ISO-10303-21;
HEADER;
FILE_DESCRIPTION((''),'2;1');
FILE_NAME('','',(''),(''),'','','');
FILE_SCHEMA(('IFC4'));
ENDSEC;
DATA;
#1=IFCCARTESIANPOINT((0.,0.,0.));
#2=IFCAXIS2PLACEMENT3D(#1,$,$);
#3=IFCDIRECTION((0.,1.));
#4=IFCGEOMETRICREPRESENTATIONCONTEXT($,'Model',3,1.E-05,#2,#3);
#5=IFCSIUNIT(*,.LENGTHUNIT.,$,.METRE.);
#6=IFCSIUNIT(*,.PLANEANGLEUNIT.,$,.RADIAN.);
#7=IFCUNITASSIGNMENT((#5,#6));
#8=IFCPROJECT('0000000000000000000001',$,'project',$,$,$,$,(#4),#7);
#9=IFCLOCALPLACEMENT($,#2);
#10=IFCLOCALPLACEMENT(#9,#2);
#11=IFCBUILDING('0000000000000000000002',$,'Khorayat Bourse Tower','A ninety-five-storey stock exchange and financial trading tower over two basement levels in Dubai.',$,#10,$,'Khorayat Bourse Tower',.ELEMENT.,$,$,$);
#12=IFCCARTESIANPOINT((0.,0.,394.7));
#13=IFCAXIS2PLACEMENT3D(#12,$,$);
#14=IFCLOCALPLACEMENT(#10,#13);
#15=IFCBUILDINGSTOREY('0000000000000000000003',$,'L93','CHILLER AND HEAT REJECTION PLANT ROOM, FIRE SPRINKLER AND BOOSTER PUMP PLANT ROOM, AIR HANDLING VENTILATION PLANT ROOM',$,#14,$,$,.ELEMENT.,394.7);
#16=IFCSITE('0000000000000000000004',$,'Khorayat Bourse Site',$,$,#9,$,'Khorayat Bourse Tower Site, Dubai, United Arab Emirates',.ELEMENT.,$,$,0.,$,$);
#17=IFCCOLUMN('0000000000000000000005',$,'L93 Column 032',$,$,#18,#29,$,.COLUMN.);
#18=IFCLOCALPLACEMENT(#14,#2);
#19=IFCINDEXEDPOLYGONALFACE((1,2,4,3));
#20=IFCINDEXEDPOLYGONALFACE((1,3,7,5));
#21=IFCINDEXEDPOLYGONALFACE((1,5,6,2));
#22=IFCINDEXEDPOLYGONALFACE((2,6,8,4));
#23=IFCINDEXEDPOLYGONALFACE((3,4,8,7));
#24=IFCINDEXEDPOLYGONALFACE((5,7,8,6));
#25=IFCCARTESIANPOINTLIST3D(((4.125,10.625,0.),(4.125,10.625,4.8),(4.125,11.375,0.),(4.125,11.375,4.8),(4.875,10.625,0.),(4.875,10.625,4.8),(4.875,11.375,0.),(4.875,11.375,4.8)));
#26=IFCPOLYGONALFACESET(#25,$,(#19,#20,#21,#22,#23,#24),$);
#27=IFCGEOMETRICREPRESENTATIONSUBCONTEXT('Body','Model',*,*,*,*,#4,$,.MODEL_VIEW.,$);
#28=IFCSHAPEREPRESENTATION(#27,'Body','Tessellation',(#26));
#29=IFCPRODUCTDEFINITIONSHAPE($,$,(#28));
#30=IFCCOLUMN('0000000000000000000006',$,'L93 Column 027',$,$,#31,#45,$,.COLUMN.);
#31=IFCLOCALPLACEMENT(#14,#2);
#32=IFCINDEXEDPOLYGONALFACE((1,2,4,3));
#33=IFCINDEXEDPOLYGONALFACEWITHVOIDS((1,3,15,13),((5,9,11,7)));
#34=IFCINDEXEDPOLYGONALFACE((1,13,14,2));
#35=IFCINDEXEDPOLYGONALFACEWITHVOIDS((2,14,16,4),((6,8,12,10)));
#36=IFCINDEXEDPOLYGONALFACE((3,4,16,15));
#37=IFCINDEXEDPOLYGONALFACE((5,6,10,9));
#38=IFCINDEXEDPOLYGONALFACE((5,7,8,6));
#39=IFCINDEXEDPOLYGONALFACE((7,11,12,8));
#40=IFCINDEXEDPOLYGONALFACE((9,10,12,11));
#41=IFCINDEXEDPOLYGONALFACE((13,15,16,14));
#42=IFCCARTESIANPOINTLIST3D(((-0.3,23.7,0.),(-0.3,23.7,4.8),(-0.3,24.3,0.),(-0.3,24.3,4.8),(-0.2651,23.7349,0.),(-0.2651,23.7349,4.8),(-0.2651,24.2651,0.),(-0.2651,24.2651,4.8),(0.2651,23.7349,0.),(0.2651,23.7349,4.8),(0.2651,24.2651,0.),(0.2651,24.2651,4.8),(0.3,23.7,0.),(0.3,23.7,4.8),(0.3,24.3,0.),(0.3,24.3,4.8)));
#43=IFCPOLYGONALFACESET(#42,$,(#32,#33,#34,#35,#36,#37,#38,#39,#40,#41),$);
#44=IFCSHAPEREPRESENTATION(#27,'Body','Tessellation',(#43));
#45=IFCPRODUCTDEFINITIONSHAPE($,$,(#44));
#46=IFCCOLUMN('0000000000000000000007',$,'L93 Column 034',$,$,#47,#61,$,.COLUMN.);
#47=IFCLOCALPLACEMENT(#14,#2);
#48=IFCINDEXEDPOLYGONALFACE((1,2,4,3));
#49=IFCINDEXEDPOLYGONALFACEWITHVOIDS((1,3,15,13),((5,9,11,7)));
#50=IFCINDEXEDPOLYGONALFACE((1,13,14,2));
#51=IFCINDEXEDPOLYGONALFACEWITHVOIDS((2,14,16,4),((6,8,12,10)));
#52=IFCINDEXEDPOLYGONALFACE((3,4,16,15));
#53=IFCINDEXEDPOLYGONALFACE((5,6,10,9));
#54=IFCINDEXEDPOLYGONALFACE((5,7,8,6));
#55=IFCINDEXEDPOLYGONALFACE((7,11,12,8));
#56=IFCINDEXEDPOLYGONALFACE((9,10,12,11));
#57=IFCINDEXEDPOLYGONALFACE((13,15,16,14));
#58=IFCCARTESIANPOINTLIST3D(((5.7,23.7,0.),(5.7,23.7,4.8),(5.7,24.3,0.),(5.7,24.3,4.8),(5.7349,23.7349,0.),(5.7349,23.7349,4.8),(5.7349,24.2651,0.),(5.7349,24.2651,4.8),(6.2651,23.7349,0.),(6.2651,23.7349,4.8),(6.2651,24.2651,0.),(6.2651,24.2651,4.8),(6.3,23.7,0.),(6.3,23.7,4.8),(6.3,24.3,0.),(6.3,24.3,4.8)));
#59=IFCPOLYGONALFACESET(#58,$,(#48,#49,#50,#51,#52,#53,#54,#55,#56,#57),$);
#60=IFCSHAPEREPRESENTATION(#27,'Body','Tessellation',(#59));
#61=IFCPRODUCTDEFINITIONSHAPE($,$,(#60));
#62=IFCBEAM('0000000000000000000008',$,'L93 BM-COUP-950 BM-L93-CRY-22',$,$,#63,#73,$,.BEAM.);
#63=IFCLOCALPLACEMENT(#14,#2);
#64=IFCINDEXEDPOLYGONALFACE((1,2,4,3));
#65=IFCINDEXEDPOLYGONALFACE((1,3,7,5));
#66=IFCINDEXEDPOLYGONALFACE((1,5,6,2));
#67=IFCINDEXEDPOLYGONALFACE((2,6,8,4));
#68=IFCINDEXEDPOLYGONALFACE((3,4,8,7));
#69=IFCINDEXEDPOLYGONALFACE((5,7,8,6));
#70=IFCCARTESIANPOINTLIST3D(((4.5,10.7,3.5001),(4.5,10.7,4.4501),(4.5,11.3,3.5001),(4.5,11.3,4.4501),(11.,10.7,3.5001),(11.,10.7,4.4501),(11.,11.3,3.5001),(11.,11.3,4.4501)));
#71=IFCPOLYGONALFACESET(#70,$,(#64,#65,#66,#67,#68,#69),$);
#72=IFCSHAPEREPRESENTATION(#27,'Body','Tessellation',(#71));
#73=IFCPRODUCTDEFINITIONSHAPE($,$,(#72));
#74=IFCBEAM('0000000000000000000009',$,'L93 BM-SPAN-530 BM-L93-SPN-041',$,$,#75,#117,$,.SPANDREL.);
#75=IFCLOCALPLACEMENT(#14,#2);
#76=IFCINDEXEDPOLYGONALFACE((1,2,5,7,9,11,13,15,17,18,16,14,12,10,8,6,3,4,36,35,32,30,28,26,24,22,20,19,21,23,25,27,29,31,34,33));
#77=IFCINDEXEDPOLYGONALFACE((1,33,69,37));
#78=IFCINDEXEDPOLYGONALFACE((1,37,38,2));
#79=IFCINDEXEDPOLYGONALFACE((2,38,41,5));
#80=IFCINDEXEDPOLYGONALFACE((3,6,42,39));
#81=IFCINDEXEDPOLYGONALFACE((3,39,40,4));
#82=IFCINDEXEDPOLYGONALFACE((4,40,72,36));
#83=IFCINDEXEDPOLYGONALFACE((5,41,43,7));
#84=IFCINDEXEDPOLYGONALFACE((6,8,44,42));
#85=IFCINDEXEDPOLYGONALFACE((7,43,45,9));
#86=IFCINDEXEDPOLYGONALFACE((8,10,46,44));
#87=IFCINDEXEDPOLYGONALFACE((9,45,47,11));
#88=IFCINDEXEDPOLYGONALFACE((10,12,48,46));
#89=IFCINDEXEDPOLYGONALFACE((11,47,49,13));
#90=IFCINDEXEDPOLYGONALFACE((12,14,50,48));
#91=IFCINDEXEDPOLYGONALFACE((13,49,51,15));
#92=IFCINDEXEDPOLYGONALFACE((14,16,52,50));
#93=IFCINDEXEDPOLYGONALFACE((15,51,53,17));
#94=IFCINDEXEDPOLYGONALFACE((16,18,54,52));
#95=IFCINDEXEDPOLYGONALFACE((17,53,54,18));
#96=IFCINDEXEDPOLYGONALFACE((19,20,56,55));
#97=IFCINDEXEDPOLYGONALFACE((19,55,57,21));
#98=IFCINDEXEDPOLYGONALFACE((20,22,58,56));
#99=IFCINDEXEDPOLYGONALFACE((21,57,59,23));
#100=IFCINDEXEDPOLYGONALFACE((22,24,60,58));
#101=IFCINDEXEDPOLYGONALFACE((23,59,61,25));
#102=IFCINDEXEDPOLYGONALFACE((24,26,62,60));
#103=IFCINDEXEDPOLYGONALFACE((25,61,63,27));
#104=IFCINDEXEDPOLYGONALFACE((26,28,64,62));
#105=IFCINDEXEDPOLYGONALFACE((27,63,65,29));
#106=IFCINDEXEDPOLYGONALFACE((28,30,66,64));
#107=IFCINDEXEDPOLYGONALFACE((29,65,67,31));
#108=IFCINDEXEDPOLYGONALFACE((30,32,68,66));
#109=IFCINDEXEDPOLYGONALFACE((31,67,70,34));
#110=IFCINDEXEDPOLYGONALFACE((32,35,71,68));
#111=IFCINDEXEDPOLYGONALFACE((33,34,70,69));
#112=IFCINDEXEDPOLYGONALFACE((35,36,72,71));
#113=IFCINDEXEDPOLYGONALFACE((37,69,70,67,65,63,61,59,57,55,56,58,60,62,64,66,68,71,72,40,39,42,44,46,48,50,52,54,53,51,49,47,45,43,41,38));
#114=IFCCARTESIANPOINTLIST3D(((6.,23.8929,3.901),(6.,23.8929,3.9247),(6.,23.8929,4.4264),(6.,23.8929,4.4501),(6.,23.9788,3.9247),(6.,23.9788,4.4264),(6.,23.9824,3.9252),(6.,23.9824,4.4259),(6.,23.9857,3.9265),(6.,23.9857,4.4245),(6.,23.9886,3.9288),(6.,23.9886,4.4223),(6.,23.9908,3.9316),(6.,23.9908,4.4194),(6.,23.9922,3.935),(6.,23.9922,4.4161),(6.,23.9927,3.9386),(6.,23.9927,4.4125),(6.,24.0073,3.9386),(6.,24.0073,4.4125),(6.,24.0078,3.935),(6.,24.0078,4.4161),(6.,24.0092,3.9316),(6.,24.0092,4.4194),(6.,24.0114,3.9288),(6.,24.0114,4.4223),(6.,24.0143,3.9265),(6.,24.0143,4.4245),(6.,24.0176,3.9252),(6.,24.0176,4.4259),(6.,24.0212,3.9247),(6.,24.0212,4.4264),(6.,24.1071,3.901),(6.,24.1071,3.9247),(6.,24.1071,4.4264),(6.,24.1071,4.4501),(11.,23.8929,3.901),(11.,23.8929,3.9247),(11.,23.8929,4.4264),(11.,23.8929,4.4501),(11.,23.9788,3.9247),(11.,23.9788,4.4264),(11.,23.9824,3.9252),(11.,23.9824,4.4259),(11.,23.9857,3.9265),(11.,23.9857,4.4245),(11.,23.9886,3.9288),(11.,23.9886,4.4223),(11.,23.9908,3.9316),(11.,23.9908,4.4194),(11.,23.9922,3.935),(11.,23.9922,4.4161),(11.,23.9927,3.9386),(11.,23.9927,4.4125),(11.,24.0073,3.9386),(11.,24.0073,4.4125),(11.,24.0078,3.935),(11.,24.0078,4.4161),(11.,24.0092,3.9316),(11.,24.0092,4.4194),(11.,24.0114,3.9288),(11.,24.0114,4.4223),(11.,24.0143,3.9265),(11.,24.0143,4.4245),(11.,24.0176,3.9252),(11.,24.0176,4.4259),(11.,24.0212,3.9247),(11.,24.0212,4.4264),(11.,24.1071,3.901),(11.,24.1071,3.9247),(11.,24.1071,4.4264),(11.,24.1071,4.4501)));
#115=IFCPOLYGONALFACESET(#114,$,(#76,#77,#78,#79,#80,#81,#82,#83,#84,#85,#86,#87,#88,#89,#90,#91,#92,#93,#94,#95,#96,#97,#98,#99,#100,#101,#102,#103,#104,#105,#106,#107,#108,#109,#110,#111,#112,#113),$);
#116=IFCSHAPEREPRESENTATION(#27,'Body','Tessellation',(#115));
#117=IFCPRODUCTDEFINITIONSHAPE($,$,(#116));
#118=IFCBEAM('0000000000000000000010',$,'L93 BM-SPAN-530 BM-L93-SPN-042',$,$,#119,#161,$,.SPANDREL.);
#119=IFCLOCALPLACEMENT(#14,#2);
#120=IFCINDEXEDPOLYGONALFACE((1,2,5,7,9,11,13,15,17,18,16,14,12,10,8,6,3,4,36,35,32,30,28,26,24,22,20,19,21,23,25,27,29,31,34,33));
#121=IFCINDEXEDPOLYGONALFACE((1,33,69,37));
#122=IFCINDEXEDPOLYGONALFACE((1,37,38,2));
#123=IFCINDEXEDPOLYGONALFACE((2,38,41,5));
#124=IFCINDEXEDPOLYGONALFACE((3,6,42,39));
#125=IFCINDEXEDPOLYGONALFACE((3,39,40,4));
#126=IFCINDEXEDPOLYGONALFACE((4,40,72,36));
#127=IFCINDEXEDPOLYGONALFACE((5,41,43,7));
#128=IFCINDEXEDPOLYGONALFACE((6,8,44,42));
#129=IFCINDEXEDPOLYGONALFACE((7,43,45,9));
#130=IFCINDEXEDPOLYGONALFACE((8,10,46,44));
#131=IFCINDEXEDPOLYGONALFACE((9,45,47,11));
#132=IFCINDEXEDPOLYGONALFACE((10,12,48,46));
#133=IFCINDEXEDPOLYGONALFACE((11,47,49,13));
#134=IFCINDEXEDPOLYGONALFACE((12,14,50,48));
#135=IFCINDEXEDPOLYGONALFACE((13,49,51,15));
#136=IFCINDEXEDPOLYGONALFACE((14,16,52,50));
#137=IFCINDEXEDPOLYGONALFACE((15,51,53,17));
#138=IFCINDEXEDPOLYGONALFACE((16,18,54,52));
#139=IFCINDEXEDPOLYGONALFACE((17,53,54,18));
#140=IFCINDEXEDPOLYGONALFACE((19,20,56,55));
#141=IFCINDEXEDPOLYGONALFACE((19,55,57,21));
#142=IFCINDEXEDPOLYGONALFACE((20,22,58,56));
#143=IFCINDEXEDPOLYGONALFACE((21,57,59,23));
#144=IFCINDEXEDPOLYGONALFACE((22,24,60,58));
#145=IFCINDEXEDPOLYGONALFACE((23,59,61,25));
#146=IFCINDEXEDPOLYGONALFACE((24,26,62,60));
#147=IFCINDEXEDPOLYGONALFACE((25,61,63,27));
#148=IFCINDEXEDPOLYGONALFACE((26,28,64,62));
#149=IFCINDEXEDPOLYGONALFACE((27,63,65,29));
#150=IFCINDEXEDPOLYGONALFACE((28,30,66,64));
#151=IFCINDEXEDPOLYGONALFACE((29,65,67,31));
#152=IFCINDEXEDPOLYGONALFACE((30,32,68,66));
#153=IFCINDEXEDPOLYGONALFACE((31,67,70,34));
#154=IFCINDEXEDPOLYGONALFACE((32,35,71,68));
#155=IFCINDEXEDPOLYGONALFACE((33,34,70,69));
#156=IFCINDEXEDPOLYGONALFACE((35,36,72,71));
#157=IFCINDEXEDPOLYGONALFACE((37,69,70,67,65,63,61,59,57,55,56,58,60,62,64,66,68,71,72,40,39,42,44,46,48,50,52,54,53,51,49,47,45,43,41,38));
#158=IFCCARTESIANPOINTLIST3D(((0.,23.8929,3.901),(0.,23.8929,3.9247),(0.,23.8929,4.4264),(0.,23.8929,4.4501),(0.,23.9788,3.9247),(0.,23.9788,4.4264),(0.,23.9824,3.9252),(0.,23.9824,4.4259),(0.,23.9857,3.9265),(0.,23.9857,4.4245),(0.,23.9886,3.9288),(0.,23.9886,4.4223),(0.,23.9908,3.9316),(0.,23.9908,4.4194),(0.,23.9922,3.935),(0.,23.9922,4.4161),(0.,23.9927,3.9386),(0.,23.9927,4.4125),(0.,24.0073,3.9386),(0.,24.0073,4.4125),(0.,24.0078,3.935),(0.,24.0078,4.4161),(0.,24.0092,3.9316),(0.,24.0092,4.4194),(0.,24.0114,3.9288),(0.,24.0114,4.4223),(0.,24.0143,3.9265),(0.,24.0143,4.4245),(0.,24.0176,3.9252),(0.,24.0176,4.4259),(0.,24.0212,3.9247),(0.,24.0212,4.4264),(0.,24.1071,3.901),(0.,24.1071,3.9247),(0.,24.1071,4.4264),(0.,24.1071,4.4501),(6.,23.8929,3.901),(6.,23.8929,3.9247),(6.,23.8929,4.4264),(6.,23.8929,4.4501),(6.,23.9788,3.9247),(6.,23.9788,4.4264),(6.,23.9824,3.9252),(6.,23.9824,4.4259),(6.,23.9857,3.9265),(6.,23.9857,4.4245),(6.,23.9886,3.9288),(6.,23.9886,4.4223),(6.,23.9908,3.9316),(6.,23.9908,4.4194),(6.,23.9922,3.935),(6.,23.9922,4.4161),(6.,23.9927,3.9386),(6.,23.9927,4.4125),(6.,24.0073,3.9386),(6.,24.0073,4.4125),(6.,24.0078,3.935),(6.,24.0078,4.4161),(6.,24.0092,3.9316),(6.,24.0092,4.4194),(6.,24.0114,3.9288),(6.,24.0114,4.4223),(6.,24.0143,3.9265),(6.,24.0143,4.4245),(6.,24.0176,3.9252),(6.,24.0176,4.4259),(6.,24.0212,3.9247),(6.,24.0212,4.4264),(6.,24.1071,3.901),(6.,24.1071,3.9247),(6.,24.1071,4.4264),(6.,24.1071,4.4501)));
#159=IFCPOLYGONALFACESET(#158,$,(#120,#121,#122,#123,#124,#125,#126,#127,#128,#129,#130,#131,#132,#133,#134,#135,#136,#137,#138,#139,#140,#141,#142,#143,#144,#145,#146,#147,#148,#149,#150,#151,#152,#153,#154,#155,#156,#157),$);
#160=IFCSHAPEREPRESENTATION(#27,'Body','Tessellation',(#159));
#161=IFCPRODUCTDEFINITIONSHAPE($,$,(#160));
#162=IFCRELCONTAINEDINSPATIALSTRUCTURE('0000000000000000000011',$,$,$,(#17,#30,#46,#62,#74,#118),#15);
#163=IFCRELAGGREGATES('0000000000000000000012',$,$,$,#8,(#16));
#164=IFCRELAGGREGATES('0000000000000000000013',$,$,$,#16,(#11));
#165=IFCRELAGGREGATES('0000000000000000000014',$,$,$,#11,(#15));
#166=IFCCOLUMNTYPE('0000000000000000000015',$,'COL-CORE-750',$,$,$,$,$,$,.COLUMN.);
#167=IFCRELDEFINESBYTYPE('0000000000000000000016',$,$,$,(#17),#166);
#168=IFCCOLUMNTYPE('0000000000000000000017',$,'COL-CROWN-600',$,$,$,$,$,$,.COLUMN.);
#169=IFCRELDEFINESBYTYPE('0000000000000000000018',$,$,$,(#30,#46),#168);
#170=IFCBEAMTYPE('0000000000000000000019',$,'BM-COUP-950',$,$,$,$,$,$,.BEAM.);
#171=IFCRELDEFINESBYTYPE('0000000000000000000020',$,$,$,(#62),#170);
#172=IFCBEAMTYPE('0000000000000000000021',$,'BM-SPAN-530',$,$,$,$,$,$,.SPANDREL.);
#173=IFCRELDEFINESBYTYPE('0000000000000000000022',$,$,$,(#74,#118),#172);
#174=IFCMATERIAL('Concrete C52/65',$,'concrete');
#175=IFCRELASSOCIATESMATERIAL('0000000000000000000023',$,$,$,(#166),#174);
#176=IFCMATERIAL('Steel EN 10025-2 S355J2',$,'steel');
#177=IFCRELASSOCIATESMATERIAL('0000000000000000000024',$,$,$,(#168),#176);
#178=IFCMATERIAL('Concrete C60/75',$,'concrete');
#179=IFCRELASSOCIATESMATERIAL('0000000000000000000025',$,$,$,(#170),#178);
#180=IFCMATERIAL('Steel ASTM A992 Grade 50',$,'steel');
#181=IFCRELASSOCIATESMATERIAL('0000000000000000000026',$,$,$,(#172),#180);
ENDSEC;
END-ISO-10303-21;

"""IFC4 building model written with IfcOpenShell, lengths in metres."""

from ifc_helpers import new_model, si_unit, direction, frame, origin, origin_2d, place, context, subcontext, project, spatial, rectangle, hollow_rectangle, i_section, extrude, source, transform, mapped, material, material_profile, profile_set, type_object, element, save


model = new_model("IFC4")

# Units and contexts
model_context = context("Model", 3, precision=1e-05, world=origin(), true_north=direction((0.0, 1.0)))
body_context = subcontext(model_context, "Body", "Model", "MODEL_VIEW")
ifc_project = project(units=[si_unit("LENGTHUNIT", "METRE"), si_unit("PLANEANGLEUNIT", "RADIAN")], contexts=[model_context])

# Site, building, storey
site_placement = place(None, origin())
site = spatial("IfcSite", under=ifc_project, at=site_placement, Name="Khorayat Bourse Site", LongName="Khorayat Bourse Tower Site, Dubai, United Arab Emirates", CompositionType="ELEMENT", RefElevation=0.0)
building_placement = place(site_placement, origin())
building = spatial("IfcBuilding", under=site, at=building_placement, Name="Khorayat Bourse Tower", Description="A ninety-five-storey stock exchange and financial trading tower over two basement levels in Dubai.", LongName="Khorayat Bourse Tower", CompositionType="ELEMENT")
storey_placement = place(building_placement, frame((0.0, 0.0, 394.7)))
storey = spatial("IfcBuildingStorey", under=building, at=storey_placement, Name="L93", Description="CHILLER AND HEAT REJECTION PLANT ROOM, FIRE SPRINKLER AND BOOSTER PUMP PLANT ROOM, AIR HANDLING VENTILATION PLANT ROOM", CompositionType="ELEMENT", Elevation=394.7)

# Columns
ifc_material_1 = material(Name="Concrete C52/65", Category="concrete")
ifc_material_profile_1 = material_profile(ifc_material_1, rectangle(XDim=0.75, YDim=0.75, at=origin_2d()), Name="RC 750x750")
ifc_profile_set_1 = profile_set([ifc_material_profile_1], Name="Concrete C52/65")
column_type_1 = type_object("IfcColumnType", Name="COL-CORE-750", PredefinedType="COLUMN", material=ifc_profile_set_1)
shared_shape_1 = source(origin(), body_context, "Body", "SweptSolid", [
    extrude(rectangle(XDim=0.75, YDim=0.75, at=origin_2d()), origin(), (0.0, 0.0, 1.0), 4.8),
])
column_placement = place(storey_placement, frame((4.5, 11.0, 0.0), z_axis=(0.0, 0.0, 1.0), x_axis=(1.0, 0.0, 0.0)))
element("IfcColumn", 1, at=column_placement, inside=storey, type_object=column_type_1, Name="L93 Column 032", PredefinedType="COLUMN", context=body_context, shape_type="MappedRepresentation", body=[
    mapped(shared_shape_1, transform((0.0, 0.0, 0.0), scale=1.0)),
])
ifc_material_2 = material(Name="Steel EN 10025-2 S355J2", Category="steel")
ifc_material_profile_2 = material_profile(ifc_material_2, hollow_rectangle(XDim=0.6001, YDim=0.6001, WallThickness=0.0349, at=origin_2d()), Name="BOX 600x600x35")
ifc_profile_set_2 = profile_set([ifc_material_profile_2], Name="Steel EN 10025-2 S355J2")
column_type_2 = type_object("IfcColumnType", Name="COL-CROWN-600", PredefinedType="COLUMN", material=ifc_profile_set_2)
shared_shape_2 = source(origin(), body_context, "Body", "SweptSolid", [
    extrude(hollow_rectangle(XDim=0.6001, YDim=0.6001, WallThickness=0.0349, at=origin_2d()), origin(), (0.0, 0.0, 1.0), 4.8),
])
for number, where, z_axis, x_axis, name in (
    (2, (0.0, 24.0, 0.0), (0.0, 0.0, 1.0), (1.0, 0.0, 0.0), "L93 Column 027"),
    (3, (6.0, 24.0, 0.0), (0.0, 0.0, 1.0), (1.0, 0.0, 0.0), "L93 Column 034"),
):
    element("IfcColumn", number, at=place(storey_placement, frame(where, z_axis=z_axis, x_axis=x_axis)), inside=storey, type_object=column_type_2, Name=name, PredefinedType="COLUMN", context=body_context, shape_type="MappedRepresentation", body=[
        mapped(shared_shape_2, transform((0.0, 0.0, 0.0), scale=1.0)),
    ])

# Beams
ifc_material_3 = material(Name="Concrete C60/75", Category="concrete")
ifc_material_profile_3 = material_profile(ifc_material_3, rectangle(XDim=0.6001, YDim=0.95, at=origin_2d()), Name="RC 600x950")
ifc_profile_set_3 = profile_set([ifc_material_profile_3], Name="Concrete C60/75")
beam_type_1 = type_object("IfcBeamType", Name="BM-COUP-950", PredefinedType="BEAM", material=ifc_profile_set_3)
shared_shape_3 = source(origin(), body_context, "Body", "SweptSolid", [
    extrude(rectangle(XDim=0.6001, YDim=0.95, at=origin_2d()), origin(), (0.0, 0.0, 1.0), 6.5),
])
beam_1_placement = place(storey_placement, frame((4.5, 11.0, 3.9751), z_axis=(1.0, 0.0, 0.0), x_axis=(0.0, 1.0, 0.0)))
element("IfcBeam", 4, at=beam_1_placement, inside=storey, type_object=beam_type_1, Name="L93 BM-COUP-950 BM-L93-CRY-22", PredefinedType="BEAM", context=body_context, shape_type="MappedRepresentation", body=[
    mapped(shared_shape_3, transform((0.0, 0.0, 0.0), scale=1.0)),
])
ifc_material_4 = material(Name="Steel ASTM A992 Grade 50", Category="steel")
ifc_material_profile_4 = material_profile(ifc_material_4, i_section(OverallWidth=0.2141, OverallDepth=0.5491, WebThickness=0.0146, FlangeThickness=0.0237, FilletRadius=0.0139, at=origin_2d()), Name="W530X138")
ifc_profile_set_4 = profile_set([ifc_material_profile_4], Name="Steel ASTM A992 Grade 50")
beam_type_2 = type_object("IfcBeamType", Name="BM-SPAN-530", PredefinedType="SPANDREL", material=ifc_profile_set_4)
shared_shape_4 = source(origin(), body_context, "Body", "SweptSolid", [
    extrude(i_section(OverallWidth=0.2141, OverallDepth=0.5491, WebThickness=0.0146, FlangeThickness=0.0237, FilletRadius=0.0139, at=origin_2d()), origin(), (0.0, 0.0, 1.0), 5.0),
])
beam_2_placement = place(storey_placement, frame((6.0, 24.0, 4.1755), z_axis=(1.0, 0.0, 0.0), x_axis=(0.0, 1.0, 0.0)))
element("IfcBeam", 5, at=beam_2_placement, inside=storey, type_object=beam_type_2, Name="L93 BM-SPAN-530 BM-L93-SPN-041", PredefinedType="SPANDREL", context=body_context, shape_type="MappedRepresentation", body=[
    mapped(shared_shape_4, transform((0.0, 0.0, 0.0), scale=1.0)),
])
shared_shape_5 = source(origin(), body_context, "Body", "SweptSolid", [
    extrude(i_section(OverallWidth=0.2141, OverallDepth=0.5491, WebThickness=0.0146, FlangeThickness=0.0237, FilletRadius=0.0139, at=origin_2d()), origin(), (0.0, 0.0, 1.0), 6.0),
])
beam_3_placement = place(storey_placement, frame((0.0, 24.0, 4.1755), z_axis=(1.0, 0.0, 0.0), x_axis=(0.0, 1.0, 0.0)))
element("IfcBeam", 6, at=beam_3_placement, inside=storey, type_object=beam_type_2, Name="L93 BM-SPAN-530 BM-L93-SPN-042", PredefinedType="SPANDREL", context=body_context, shape_type="MappedRepresentation", body=[
    mapped(shared_shape_5, transform((0.0, 0.0, 0.0), scale=1.0)),
])

save(model, "model.ifc")
